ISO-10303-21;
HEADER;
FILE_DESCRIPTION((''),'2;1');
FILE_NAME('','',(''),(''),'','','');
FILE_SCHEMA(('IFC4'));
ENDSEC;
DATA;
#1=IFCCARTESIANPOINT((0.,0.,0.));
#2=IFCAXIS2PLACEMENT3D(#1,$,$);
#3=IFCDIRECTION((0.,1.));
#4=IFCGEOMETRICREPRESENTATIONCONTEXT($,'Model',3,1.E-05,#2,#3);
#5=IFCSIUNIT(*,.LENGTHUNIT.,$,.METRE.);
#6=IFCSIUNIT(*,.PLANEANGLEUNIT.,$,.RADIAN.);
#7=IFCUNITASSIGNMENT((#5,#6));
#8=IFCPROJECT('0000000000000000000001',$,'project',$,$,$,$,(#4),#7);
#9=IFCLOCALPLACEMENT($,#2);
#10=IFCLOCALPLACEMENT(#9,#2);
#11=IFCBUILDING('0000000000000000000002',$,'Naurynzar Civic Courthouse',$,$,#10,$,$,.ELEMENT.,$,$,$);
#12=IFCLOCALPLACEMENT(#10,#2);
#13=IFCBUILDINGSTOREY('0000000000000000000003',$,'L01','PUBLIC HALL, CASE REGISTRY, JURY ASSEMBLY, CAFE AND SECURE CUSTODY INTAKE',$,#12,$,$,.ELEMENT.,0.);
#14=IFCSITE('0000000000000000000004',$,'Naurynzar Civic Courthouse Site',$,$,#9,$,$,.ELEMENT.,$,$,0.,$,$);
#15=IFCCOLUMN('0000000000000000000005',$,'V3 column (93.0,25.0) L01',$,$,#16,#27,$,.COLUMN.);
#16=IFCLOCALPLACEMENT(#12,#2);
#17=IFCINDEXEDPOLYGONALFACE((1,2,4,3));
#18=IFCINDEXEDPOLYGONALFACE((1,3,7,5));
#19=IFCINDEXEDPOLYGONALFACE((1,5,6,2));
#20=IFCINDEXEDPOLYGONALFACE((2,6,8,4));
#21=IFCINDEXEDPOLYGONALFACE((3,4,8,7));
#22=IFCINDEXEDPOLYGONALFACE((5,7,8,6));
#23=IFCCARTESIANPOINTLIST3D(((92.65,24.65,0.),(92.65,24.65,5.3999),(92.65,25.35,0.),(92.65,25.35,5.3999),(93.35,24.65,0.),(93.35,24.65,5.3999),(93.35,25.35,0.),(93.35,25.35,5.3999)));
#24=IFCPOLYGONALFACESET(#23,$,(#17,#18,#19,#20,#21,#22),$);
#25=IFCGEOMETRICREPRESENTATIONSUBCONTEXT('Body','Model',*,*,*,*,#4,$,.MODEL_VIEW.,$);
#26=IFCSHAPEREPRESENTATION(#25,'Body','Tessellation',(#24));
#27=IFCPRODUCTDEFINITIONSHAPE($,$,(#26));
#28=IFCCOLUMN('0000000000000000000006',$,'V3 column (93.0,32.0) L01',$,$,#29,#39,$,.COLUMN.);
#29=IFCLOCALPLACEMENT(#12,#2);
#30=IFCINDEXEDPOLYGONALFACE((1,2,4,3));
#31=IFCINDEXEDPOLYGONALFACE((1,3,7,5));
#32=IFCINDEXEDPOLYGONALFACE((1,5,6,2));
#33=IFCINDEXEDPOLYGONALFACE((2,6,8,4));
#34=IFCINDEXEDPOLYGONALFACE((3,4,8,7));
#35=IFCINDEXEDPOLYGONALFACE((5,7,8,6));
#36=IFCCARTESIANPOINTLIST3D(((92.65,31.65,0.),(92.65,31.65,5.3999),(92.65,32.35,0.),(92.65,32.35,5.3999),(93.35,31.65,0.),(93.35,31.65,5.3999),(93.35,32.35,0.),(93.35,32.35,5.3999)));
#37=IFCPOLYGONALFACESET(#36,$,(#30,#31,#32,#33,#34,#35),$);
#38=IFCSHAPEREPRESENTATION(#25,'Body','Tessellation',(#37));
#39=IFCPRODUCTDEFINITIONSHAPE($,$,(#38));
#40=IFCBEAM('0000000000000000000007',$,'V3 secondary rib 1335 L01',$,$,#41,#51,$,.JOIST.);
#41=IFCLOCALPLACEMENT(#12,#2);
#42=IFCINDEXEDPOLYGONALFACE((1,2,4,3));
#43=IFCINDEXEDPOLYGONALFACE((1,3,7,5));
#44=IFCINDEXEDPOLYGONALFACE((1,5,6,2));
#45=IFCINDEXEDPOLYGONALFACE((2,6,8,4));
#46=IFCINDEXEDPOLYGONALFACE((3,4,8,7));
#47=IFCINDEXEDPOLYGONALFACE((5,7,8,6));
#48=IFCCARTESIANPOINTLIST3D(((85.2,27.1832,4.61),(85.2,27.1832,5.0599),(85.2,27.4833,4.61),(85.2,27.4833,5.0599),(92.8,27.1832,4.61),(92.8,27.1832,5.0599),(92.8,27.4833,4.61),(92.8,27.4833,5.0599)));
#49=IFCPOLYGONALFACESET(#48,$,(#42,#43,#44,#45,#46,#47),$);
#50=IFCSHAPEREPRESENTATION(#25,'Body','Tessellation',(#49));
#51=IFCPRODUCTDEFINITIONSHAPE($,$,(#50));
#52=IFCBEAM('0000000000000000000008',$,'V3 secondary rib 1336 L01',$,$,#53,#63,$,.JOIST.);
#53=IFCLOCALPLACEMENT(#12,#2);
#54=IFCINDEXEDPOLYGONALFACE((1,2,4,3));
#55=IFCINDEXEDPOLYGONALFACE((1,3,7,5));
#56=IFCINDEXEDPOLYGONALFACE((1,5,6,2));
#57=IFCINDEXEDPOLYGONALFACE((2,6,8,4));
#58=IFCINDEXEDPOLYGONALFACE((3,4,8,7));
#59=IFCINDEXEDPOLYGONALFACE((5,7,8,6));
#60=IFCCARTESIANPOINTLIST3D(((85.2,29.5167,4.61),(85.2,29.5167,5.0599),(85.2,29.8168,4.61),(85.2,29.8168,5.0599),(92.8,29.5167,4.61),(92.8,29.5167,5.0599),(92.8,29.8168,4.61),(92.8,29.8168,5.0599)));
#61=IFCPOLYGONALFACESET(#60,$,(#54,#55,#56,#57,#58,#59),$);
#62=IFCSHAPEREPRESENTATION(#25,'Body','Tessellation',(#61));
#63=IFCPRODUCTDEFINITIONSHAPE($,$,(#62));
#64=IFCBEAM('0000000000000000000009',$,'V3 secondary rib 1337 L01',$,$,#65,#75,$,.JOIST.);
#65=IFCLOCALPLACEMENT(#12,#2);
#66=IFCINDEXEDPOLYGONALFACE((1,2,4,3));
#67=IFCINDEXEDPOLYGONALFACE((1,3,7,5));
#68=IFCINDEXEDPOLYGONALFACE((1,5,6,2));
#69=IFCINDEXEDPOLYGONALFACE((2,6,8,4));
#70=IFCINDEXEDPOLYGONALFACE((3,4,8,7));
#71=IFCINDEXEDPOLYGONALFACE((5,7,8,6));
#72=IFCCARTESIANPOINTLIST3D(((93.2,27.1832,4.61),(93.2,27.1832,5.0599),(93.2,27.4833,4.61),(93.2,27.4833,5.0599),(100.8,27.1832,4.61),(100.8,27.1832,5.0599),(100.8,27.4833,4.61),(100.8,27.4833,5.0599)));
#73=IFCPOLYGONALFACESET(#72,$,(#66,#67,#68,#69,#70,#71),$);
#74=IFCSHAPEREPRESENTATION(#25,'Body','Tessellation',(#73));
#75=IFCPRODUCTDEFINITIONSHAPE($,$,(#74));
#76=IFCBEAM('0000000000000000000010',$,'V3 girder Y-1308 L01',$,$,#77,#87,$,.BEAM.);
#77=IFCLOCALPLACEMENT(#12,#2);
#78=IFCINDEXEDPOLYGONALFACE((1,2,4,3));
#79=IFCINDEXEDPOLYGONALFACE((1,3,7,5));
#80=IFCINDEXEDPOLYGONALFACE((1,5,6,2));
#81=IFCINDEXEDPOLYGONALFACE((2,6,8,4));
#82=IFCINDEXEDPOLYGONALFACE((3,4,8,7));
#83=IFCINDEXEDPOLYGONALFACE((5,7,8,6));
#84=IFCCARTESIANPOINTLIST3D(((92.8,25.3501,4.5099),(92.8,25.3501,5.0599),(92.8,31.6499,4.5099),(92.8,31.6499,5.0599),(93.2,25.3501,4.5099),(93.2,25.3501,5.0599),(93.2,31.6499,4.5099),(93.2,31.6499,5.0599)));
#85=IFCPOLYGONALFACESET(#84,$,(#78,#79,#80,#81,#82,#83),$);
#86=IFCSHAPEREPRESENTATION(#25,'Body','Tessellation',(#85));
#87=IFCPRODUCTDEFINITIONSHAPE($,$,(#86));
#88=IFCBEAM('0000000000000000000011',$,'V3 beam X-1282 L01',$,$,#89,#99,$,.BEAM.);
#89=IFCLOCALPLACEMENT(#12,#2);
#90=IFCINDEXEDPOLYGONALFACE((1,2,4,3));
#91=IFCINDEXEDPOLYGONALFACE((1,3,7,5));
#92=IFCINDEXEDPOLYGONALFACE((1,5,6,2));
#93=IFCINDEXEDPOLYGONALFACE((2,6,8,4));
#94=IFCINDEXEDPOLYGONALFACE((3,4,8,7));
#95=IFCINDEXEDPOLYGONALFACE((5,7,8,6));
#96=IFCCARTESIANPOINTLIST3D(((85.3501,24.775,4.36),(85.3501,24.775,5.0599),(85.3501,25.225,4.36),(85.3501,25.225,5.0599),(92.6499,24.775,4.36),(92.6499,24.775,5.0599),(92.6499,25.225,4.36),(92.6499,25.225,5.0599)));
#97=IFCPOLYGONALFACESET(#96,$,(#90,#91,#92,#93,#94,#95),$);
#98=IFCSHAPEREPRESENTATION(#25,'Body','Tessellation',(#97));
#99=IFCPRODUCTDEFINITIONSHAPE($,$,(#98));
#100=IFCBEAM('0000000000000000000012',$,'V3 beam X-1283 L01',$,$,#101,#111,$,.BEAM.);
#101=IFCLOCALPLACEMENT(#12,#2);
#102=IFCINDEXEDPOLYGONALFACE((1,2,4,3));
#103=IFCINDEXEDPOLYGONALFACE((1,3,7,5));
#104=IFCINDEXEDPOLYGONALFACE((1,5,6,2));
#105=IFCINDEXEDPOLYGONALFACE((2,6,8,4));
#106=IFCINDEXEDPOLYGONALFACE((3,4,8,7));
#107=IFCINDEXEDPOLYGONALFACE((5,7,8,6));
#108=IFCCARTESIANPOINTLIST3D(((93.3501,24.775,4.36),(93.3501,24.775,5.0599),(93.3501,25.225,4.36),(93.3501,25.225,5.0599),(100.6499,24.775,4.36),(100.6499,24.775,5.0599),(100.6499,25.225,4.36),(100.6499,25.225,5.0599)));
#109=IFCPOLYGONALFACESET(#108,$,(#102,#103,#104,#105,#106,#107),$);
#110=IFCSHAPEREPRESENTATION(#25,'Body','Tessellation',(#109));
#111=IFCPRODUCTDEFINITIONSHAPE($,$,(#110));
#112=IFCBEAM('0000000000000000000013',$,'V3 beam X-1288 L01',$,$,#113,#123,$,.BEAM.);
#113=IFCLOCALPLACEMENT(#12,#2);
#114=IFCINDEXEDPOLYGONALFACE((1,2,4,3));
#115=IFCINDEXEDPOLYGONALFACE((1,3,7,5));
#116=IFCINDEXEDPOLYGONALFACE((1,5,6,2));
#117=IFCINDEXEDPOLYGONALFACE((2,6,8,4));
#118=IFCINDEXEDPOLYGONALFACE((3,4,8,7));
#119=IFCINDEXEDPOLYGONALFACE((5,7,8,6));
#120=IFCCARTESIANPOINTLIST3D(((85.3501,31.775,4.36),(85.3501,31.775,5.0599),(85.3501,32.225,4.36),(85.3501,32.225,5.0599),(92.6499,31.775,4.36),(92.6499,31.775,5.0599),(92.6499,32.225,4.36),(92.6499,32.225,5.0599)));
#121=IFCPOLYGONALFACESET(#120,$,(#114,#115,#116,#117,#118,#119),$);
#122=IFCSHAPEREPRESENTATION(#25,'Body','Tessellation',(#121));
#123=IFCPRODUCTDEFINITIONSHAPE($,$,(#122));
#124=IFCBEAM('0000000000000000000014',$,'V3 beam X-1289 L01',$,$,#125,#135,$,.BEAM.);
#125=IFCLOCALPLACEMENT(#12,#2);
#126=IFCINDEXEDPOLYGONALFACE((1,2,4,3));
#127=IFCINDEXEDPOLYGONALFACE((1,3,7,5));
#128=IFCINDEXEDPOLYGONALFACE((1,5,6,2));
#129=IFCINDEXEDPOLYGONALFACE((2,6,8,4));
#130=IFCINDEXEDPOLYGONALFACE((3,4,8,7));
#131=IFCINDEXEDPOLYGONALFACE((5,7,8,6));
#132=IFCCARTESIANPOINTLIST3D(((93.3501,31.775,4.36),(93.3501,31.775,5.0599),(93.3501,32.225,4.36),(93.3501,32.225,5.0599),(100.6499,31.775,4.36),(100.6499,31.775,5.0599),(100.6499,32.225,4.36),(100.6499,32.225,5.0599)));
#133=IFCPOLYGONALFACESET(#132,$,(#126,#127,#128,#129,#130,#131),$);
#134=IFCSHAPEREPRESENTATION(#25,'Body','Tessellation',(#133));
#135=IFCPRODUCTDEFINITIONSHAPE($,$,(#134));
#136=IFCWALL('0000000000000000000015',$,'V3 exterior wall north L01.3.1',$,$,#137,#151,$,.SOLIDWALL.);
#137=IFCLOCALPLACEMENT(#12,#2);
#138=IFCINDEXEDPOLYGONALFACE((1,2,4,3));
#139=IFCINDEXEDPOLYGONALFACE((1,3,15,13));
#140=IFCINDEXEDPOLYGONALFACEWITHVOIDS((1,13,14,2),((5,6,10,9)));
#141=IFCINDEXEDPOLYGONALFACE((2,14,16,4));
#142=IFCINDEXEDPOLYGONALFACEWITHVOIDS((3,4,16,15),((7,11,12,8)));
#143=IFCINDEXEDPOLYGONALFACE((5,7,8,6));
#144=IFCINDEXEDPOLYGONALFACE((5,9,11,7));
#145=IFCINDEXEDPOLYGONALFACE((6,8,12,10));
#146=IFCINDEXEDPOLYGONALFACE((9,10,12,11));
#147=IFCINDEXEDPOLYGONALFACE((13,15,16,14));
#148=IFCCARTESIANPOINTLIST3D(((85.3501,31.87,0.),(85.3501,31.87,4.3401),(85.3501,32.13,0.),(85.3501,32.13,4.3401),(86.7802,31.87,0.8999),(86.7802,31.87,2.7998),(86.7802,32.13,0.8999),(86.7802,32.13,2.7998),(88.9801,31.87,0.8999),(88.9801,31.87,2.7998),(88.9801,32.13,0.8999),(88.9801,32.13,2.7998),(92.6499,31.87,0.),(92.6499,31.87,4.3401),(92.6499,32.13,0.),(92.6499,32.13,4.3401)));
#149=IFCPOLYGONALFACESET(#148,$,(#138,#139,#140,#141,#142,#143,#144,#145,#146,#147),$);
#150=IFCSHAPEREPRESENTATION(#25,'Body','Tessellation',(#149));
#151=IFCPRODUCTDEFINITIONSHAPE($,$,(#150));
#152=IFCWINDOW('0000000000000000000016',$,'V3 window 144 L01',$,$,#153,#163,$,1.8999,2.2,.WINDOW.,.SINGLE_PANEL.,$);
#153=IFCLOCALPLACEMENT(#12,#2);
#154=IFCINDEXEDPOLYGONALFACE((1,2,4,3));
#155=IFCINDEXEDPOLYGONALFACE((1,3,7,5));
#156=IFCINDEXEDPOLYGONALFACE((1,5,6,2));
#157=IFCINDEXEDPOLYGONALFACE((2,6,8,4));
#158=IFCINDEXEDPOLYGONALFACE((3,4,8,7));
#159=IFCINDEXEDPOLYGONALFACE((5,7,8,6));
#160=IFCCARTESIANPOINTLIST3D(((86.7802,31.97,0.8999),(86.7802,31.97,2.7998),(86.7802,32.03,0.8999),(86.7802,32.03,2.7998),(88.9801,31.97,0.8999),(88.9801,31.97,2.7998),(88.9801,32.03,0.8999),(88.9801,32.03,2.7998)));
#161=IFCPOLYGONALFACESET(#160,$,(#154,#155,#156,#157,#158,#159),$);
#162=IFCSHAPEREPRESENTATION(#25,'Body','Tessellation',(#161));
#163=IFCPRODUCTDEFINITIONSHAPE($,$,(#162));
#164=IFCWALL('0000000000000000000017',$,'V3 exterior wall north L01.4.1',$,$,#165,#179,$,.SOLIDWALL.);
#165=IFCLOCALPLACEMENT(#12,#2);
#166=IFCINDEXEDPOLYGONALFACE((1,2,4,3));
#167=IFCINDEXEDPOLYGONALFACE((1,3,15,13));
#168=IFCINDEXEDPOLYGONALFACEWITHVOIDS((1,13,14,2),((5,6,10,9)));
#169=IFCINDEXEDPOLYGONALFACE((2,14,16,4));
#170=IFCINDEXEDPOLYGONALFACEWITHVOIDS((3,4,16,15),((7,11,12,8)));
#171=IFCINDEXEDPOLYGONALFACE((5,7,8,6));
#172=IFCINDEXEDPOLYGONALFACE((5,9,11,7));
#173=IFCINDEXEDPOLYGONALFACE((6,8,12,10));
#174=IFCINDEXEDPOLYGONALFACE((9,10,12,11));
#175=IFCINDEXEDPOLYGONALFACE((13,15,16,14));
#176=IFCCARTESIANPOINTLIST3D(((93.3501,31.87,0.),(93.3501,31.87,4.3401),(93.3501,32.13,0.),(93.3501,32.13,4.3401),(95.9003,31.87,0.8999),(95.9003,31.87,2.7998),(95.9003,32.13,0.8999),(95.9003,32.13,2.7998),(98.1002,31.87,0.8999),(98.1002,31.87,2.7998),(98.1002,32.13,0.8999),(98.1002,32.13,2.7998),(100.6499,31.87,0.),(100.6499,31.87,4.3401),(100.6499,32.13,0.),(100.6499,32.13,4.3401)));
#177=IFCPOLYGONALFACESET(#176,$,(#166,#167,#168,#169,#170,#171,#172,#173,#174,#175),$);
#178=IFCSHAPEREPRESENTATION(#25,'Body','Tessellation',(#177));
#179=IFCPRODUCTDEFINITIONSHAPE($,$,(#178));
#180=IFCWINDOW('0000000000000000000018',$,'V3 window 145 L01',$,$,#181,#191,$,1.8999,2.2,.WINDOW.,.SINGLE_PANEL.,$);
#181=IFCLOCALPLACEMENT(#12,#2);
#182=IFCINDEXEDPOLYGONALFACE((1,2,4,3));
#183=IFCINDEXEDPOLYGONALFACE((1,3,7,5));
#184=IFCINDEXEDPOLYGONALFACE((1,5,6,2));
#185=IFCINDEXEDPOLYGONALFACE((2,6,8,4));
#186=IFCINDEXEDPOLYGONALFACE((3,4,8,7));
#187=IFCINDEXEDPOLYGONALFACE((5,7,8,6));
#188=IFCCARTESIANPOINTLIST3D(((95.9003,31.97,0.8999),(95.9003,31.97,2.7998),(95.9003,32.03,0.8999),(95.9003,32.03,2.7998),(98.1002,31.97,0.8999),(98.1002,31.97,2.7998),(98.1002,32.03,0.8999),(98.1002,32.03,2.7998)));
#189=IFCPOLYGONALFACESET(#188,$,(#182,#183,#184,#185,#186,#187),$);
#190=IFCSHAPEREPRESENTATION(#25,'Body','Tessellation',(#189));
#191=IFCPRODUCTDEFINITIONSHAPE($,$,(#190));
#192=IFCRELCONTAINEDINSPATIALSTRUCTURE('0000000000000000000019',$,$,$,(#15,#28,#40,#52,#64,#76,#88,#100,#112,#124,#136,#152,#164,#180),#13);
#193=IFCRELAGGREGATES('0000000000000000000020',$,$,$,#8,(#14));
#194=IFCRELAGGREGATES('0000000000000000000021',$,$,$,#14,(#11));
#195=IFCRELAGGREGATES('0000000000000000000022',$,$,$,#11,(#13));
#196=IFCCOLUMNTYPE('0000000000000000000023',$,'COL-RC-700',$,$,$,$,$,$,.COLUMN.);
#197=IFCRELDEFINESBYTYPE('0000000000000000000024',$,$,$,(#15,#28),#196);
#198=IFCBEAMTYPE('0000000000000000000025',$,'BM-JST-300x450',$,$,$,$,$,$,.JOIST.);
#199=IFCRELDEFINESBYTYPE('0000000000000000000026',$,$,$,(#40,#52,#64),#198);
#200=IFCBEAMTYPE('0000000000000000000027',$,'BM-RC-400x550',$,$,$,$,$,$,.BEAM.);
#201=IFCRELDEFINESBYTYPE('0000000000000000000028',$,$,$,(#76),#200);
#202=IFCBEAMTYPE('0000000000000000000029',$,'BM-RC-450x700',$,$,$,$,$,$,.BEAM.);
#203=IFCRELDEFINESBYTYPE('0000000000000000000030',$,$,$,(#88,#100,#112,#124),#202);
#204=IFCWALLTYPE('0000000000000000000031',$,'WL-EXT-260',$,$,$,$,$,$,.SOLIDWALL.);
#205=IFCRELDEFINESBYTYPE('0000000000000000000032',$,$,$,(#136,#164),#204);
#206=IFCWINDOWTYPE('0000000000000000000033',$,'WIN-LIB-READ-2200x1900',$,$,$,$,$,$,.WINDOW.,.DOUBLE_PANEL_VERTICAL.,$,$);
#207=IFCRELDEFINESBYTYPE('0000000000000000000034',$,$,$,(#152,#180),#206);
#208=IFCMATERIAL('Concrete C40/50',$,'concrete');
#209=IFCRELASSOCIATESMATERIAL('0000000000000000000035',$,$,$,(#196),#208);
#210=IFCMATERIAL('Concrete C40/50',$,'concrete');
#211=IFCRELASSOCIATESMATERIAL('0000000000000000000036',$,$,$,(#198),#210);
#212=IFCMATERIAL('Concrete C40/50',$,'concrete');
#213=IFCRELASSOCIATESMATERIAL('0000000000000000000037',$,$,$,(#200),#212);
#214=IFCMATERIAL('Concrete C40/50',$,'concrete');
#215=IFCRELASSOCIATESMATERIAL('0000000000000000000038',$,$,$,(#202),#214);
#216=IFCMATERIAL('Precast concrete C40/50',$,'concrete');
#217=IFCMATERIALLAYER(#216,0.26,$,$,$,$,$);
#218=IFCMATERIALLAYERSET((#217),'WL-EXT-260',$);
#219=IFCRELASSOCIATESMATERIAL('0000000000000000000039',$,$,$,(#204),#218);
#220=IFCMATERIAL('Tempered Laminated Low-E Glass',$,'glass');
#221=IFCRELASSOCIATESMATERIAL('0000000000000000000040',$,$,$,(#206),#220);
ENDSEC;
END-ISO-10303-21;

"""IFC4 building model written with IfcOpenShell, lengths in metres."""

from ifc_helpers import new_model, si_unit, direction, frame, frame_2d, origin, origin_2d, place, context, subcontext, project, spatial, rectangle, extrude, material, layer, layer_set, material_profile, profile_set, type_object, element, fill, save


model = new_model("IFC4")

# Units and contexts
model_context = context("Model", 3, precision=1e-05, world=origin(), true_north=direction((0.0, 1.0)))
body_context = subcontext(model_context, "Body", "Model", "MODEL_VIEW")
ifc_project = project(units=[si_unit("LENGTHUNIT", "METRE"), si_unit("PLANEANGLEUNIT", "RADIAN")], contexts=[model_context])

# Site, building, storey
site_placement = place(None, origin())
site = spatial("IfcSite", under=ifc_project, at=site_placement, Name="Naurynzar Civic Courthouse Site", CompositionType="ELEMENT", RefElevation=0.0)
building_placement = place(site_placement, origin())
building = spatial("IfcBuilding", under=site, at=building_placement, Name="Naurynzar Civic Courthouse", CompositionType="ELEMENT")
storey_placement = place(building_placement, origin())
storey = spatial("IfcBuildingStorey", under=building, at=storey_placement, Name="L01", Description="PUBLIC HALL, CASE REGISTRY, JURY ASSEMBLY, CAFE AND SECURE CUSTODY INTAKE", CompositionType="ELEMENT", Elevation=0.0)

# Columns
ifc_material_1 = material(Name="Concrete C40/50", Category="concrete")
ifc_material_profile_1 = material_profile(ifc_material_1, rectangle(XDim=0.7, YDim=0.7, at=origin_2d()), Name="RC 700x700")
ifc_profile_set_1 = profile_set([ifc_material_profile_1], Name="Concrete C40/50")
column_type = type_object("IfcColumnType", Name="COL-RC-700", PredefinedType="COLUMN", material=ifc_profile_set_1)
for number, where, z_axis, x_axis, name in (
    (1, (93.0, 25.0, 0.0), (0.0, 0.0, 1.0), (1.0, 0.0, 0.0), "V3 column (93.0,25.0) L01"),
    (2, (93.0, 32.0, 0.0), (0.0, 0.0, 1.0), (1.0, 0.0, 0.0), "V3 column (93.0,32.0) L01"),
):
    element("IfcColumn", number, at=place(storey_placement, frame(where, z_axis=z_axis, x_axis=x_axis)), inside=storey, type_object=column_type, Name=name, PredefinedType="COLUMN", context=body_context, shape_type="SweptSolid", body=[
        extrude(rectangle(XDim=0.7, YDim=0.7, at=origin_2d()), origin(), (0.0, 0.0, 1.0), 5.3999),
    ])

# Beams
ifc_material_2 = material(Name="Concrete C40/50", Category="concrete")
ifc_material_profile_2 = material_profile(ifc_material_2, rectangle(XDim=0.3, YDim=0.45, at=origin_2d()), Name="RCJ 300x450")
ifc_profile_set_2 = profile_set([ifc_material_profile_2], Name="Concrete C40/50")
beam_type_1 = type_object("IfcBeamType", Name="BM-JST-300x450", PredefinedType="JOIST", material=ifc_profile_set_2)
for number, where, z_axis, x_axis, name in (
    (3, (85.2, 27.3333, 4.835), (1.0, 0.0, 0.0), (0.0, 1.0, 0.0), "V3 secondary rib 1335 L01"),
    (4, (85.2, 29.6667, 4.835), (1.0, 0.0, 0.0), (0.0, 1.0, 0.0), "V3 secondary rib 1336 L01"),
    (5, (93.2, 27.3333, 4.835), (1.0, 0.0, 0.0), (0.0, 1.0, 0.0), "V3 secondary rib 1337 L01"),
):
    element("IfcBeam", number, at=place(storey_placement, frame(where, z_axis=z_axis, x_axis=x_axis)), inside=storey, type_object=beam_type_1, Name=name, PredefinedType="JOIST", context=body_context, shape_type="SweptSolid", body=[
        extrude(rectangle(XDim=0.3, YDim=0.45, at=origin_2d()), origin(), (0.0, 0.0, 1.0), 7.6001),
    ])
ifc_material_3 = material(Name="Concrete C40/50", Category="concrete")
ifc_material_profile_3 = material_profile(ifc_material_3, rectangle(XDim=0.3999, YDim=0.55, at=origin_2d()), Name="RCB 400x550")
ifc_profile_set_3 = profile_set([ifc_material_profile_3], Name="Concrete C40/50")
beam_type_2 = type_object("IfcBeamType", Name="BM-RC-400x550", PredefinedType="BEAM", material=ifc_profile_set_3)
beam_placement = place(storey_placement, frame((93.0, 25.3501, 4.7849), z_axis=(0.0, 1.0, 0.0), x_axis=(-1.0, 0.0, 0.0)))
element("IfcBeam", 6, at=beam_placement, inside=storey, type_object=beam_type_2, Name="V3 girder Y-1308 L01", PredefinedType="BEAM", context=body_context, shape_type="SweptSolid", body=[
    extrude(rectangle(XDim=0.3999, YDim=0.55, at=origin_2d()), origin(), (0.0, 0.0, 1.0), 6.2998),
])
ifc_material_4 = material(Name="Concrete C40/50", Category="concrete")
ifc_material_profile_4 = material_profile(ifc_material_4, rectangle(XDim=0.45, YDim=0.7, at=origin_2d()), Name="RCB 450x700")
ifc_profile_set_4 = profile_set([ifc_material_profile_4], Name="Concrete C40/50")
beam_type_3 = type_object("IfcBeamType", Name="BM-RC-450x700", PredefinedType="BEAM", material=ifc_profile_set_4)
for number, where, z_axis, x_axis, name in (
    (7, (85.3501, 25.0, 4.71), (1.0, 0.0, 0.0), (0.0, 1.0, 0.0), "V3 beam X-1282 L01"),
    (8, (93.3501, 25.0, 4.71), (1.0, 0.0, 0.0), (0.0, 1.0, 0.0), "V3 beam X-1283 L01"),
    (9, (85.3501, 32.0, 4.71), (1.0, 0.0, 0.0), (0.0, 1.0, 0.0), "V3 beam X-1288 L01"),
    (10, (93.3501, 32.0, 4.71), (1.0, 0.0, 0.0), (0.0, 1.0, 0.0), "V3 beam X-1289 L01"),
):
    element("IfcBeam", number, at=place(storey_placement, frame(where, z_axis=z_axis, x_axis=x_axis)), inside=storey, type_object=beam_type_3, Name=name, PredefinedType="BEAM", context=body_context, shape_type="SweptSolid", body=[
        extrude(rectangle(XDim=0.45, YDim=0.7, at=origin_2d()), origin(), (0.0, 0.0, 1.0), 7.2998),
    ])

# Walls, openings, windows
ifc_material_5 = material(Name="Precast concrete C40/50", Category="concrete")
ifc_layer_1 = layer(ifc_material_5, 0.26)
ifc_layer_set_1 = layer_set([ifc_layer_1], Name="WL-EXT-260")
wall_type_1 = type_object("IfcWallType", Name="WL-EXT-260", PredefinedType="SOLIDWALL", material=ifc_layer_set_1)
wall_1_placement = place(storey_placement, frame((85.3501, 32.0, 0.0), z_axis=(0.0, 0.0, 1.0), x_axis=(1.0, 0.0, 0.0)))
wall_1 = element("IfcWall", 11, at=wall_1_placement, inside=storey, type_object=wall_type_1, Name="V3 exterior wall north L01.3.1", PredefinedType="SOLIDWALL", context=body_context, shape_type="SweptSolid", body=[
    extrude(rectangle(XDim=7.2998, YDim=0.26, at=frame_2d((3.6499, 0.0))), origin(), (0.0, 0.0, 1.0), 4.3401),
])
opening_1_placement = place(wall_1_placement, frame((1.4299, 0.0, 0.8999)))
opening_1 = element("IfcOpeningElement", 12, at=opening_1_placement, cuts=wall_1, PredefinedType="OPENING", context=body_context, shape_type="SweptSolid", body=[
    extrude(rectangle(XDim=2.2, YDim=1.8999, at=frame_2d((1.1001, 0.95))), frame((0.0, 0.1399, 0.0), z_axis=(0.0, -1.0, 0.0), x_axis=(1.0, 0.0, 0.0)), (0.0, 0.0, 1.0), 0.28),
])
ifc_material_6 = material(Name="Tempered Laminated Low-E Glass", Category="glass")
window_type = type_object("IfcWindowType", Name="WIN-LIB-READ-2200x1900", PartitioningType="DOUBLE_PANEL_VERTICAL", PredefinedType="WINDOW", material=ifc_material_6)
window_1_placement = place(opening_1_placement, origin())
window_1 = element("IfcWindow", 13, at=window_1_placement, inside=storey, type_object=window_type, Name="V3 window 144 L01", OverallHeight=1.8999, OverallWidth=2.2, PartitioningType="SINGLE_PANEL", PredefinedType="WINDOW", context=body_context, shape_type="SweptSolid", body=[
    extrude(rectangle(XDim=2.2, YDim=1.8999, at=frame_2d((1.1001, 0.95))), frame((0.0, 0.03, 0.0), z_axis=(0.0, -1.0, 0.0), x_axis=(1.0, 0.0, 0.0)), (0.0, 0.0, 1.0), 0.0601),
])
fill(opening_1, window_1)
wall_2_placement = place(storey_placement, frame((93.3501, 32.0, 0.0), z_axis=(0.0, 0.0, 1.0), x_axis=(1.0, 0.0, 0.0)))
wall_2 = element("IfcWall", 14, at=wall_2_placement, inside=storey, type_object=wall_type_1, Name="V3 exterior wall north L01.4.1", PredefinedType="SOLIDWALL", context=body_context, shape_type="SweptSolid", body=[
    extrude(rectangle(XDim=7.2998, YDim=0.26, at=frame_2d((3.6499, 0.0))), origin(), (0.0, 0.0, 1.0), 4.3401),
])
opening_2_placement = place(wall_2_placement, frame((2.55, 0.0, 0.8999)))
opening_2 = element("IfcOpeningElement", 15, at=opening_2_placement, cuts=wall_2, PredefinedType="OPENING", context=body_context, shape_type="SweptSolid", body=[
    extrude(rectangle(XDim=2.2, YDim=1.8999, at=frame_2d((1.1001, 0.95))), frame((0.0, 0.1399, 0.0), z_axis=(0.0, -1.0, 0.0), x_axis=(1.0, 0.0, 0.0)), (0.0, 0.0, 1.0), 0.28),
])
window_2_placement = place(opening_2_placement, origin())
window_2 = element("IfcWindow", 16, at=window_2_placement, inside=storey, type_object=window_type, Name="V3 window 145 L01", OverallHeight=1.8999, OverallWidth=2.2, PartitioningType="SINGLE_PANEL", PredefinedType="WINDOW", context=body_context, shape_type="SweptSolid", body=[
    extrude(rectangle(XDim=2.2, YDim=1.8999, at=frame_2d((1.1001, 0.95))), frame((0.0, 0.03, 0.0), z_axis=(0.0, -1.0, 0.0), x_axis=(1.0, 0.0, 0.0)), (0.0, 0.0, 1.0), 0.0601),
])
fill(opening_2, window_2)

save(model, "model.ifc")
